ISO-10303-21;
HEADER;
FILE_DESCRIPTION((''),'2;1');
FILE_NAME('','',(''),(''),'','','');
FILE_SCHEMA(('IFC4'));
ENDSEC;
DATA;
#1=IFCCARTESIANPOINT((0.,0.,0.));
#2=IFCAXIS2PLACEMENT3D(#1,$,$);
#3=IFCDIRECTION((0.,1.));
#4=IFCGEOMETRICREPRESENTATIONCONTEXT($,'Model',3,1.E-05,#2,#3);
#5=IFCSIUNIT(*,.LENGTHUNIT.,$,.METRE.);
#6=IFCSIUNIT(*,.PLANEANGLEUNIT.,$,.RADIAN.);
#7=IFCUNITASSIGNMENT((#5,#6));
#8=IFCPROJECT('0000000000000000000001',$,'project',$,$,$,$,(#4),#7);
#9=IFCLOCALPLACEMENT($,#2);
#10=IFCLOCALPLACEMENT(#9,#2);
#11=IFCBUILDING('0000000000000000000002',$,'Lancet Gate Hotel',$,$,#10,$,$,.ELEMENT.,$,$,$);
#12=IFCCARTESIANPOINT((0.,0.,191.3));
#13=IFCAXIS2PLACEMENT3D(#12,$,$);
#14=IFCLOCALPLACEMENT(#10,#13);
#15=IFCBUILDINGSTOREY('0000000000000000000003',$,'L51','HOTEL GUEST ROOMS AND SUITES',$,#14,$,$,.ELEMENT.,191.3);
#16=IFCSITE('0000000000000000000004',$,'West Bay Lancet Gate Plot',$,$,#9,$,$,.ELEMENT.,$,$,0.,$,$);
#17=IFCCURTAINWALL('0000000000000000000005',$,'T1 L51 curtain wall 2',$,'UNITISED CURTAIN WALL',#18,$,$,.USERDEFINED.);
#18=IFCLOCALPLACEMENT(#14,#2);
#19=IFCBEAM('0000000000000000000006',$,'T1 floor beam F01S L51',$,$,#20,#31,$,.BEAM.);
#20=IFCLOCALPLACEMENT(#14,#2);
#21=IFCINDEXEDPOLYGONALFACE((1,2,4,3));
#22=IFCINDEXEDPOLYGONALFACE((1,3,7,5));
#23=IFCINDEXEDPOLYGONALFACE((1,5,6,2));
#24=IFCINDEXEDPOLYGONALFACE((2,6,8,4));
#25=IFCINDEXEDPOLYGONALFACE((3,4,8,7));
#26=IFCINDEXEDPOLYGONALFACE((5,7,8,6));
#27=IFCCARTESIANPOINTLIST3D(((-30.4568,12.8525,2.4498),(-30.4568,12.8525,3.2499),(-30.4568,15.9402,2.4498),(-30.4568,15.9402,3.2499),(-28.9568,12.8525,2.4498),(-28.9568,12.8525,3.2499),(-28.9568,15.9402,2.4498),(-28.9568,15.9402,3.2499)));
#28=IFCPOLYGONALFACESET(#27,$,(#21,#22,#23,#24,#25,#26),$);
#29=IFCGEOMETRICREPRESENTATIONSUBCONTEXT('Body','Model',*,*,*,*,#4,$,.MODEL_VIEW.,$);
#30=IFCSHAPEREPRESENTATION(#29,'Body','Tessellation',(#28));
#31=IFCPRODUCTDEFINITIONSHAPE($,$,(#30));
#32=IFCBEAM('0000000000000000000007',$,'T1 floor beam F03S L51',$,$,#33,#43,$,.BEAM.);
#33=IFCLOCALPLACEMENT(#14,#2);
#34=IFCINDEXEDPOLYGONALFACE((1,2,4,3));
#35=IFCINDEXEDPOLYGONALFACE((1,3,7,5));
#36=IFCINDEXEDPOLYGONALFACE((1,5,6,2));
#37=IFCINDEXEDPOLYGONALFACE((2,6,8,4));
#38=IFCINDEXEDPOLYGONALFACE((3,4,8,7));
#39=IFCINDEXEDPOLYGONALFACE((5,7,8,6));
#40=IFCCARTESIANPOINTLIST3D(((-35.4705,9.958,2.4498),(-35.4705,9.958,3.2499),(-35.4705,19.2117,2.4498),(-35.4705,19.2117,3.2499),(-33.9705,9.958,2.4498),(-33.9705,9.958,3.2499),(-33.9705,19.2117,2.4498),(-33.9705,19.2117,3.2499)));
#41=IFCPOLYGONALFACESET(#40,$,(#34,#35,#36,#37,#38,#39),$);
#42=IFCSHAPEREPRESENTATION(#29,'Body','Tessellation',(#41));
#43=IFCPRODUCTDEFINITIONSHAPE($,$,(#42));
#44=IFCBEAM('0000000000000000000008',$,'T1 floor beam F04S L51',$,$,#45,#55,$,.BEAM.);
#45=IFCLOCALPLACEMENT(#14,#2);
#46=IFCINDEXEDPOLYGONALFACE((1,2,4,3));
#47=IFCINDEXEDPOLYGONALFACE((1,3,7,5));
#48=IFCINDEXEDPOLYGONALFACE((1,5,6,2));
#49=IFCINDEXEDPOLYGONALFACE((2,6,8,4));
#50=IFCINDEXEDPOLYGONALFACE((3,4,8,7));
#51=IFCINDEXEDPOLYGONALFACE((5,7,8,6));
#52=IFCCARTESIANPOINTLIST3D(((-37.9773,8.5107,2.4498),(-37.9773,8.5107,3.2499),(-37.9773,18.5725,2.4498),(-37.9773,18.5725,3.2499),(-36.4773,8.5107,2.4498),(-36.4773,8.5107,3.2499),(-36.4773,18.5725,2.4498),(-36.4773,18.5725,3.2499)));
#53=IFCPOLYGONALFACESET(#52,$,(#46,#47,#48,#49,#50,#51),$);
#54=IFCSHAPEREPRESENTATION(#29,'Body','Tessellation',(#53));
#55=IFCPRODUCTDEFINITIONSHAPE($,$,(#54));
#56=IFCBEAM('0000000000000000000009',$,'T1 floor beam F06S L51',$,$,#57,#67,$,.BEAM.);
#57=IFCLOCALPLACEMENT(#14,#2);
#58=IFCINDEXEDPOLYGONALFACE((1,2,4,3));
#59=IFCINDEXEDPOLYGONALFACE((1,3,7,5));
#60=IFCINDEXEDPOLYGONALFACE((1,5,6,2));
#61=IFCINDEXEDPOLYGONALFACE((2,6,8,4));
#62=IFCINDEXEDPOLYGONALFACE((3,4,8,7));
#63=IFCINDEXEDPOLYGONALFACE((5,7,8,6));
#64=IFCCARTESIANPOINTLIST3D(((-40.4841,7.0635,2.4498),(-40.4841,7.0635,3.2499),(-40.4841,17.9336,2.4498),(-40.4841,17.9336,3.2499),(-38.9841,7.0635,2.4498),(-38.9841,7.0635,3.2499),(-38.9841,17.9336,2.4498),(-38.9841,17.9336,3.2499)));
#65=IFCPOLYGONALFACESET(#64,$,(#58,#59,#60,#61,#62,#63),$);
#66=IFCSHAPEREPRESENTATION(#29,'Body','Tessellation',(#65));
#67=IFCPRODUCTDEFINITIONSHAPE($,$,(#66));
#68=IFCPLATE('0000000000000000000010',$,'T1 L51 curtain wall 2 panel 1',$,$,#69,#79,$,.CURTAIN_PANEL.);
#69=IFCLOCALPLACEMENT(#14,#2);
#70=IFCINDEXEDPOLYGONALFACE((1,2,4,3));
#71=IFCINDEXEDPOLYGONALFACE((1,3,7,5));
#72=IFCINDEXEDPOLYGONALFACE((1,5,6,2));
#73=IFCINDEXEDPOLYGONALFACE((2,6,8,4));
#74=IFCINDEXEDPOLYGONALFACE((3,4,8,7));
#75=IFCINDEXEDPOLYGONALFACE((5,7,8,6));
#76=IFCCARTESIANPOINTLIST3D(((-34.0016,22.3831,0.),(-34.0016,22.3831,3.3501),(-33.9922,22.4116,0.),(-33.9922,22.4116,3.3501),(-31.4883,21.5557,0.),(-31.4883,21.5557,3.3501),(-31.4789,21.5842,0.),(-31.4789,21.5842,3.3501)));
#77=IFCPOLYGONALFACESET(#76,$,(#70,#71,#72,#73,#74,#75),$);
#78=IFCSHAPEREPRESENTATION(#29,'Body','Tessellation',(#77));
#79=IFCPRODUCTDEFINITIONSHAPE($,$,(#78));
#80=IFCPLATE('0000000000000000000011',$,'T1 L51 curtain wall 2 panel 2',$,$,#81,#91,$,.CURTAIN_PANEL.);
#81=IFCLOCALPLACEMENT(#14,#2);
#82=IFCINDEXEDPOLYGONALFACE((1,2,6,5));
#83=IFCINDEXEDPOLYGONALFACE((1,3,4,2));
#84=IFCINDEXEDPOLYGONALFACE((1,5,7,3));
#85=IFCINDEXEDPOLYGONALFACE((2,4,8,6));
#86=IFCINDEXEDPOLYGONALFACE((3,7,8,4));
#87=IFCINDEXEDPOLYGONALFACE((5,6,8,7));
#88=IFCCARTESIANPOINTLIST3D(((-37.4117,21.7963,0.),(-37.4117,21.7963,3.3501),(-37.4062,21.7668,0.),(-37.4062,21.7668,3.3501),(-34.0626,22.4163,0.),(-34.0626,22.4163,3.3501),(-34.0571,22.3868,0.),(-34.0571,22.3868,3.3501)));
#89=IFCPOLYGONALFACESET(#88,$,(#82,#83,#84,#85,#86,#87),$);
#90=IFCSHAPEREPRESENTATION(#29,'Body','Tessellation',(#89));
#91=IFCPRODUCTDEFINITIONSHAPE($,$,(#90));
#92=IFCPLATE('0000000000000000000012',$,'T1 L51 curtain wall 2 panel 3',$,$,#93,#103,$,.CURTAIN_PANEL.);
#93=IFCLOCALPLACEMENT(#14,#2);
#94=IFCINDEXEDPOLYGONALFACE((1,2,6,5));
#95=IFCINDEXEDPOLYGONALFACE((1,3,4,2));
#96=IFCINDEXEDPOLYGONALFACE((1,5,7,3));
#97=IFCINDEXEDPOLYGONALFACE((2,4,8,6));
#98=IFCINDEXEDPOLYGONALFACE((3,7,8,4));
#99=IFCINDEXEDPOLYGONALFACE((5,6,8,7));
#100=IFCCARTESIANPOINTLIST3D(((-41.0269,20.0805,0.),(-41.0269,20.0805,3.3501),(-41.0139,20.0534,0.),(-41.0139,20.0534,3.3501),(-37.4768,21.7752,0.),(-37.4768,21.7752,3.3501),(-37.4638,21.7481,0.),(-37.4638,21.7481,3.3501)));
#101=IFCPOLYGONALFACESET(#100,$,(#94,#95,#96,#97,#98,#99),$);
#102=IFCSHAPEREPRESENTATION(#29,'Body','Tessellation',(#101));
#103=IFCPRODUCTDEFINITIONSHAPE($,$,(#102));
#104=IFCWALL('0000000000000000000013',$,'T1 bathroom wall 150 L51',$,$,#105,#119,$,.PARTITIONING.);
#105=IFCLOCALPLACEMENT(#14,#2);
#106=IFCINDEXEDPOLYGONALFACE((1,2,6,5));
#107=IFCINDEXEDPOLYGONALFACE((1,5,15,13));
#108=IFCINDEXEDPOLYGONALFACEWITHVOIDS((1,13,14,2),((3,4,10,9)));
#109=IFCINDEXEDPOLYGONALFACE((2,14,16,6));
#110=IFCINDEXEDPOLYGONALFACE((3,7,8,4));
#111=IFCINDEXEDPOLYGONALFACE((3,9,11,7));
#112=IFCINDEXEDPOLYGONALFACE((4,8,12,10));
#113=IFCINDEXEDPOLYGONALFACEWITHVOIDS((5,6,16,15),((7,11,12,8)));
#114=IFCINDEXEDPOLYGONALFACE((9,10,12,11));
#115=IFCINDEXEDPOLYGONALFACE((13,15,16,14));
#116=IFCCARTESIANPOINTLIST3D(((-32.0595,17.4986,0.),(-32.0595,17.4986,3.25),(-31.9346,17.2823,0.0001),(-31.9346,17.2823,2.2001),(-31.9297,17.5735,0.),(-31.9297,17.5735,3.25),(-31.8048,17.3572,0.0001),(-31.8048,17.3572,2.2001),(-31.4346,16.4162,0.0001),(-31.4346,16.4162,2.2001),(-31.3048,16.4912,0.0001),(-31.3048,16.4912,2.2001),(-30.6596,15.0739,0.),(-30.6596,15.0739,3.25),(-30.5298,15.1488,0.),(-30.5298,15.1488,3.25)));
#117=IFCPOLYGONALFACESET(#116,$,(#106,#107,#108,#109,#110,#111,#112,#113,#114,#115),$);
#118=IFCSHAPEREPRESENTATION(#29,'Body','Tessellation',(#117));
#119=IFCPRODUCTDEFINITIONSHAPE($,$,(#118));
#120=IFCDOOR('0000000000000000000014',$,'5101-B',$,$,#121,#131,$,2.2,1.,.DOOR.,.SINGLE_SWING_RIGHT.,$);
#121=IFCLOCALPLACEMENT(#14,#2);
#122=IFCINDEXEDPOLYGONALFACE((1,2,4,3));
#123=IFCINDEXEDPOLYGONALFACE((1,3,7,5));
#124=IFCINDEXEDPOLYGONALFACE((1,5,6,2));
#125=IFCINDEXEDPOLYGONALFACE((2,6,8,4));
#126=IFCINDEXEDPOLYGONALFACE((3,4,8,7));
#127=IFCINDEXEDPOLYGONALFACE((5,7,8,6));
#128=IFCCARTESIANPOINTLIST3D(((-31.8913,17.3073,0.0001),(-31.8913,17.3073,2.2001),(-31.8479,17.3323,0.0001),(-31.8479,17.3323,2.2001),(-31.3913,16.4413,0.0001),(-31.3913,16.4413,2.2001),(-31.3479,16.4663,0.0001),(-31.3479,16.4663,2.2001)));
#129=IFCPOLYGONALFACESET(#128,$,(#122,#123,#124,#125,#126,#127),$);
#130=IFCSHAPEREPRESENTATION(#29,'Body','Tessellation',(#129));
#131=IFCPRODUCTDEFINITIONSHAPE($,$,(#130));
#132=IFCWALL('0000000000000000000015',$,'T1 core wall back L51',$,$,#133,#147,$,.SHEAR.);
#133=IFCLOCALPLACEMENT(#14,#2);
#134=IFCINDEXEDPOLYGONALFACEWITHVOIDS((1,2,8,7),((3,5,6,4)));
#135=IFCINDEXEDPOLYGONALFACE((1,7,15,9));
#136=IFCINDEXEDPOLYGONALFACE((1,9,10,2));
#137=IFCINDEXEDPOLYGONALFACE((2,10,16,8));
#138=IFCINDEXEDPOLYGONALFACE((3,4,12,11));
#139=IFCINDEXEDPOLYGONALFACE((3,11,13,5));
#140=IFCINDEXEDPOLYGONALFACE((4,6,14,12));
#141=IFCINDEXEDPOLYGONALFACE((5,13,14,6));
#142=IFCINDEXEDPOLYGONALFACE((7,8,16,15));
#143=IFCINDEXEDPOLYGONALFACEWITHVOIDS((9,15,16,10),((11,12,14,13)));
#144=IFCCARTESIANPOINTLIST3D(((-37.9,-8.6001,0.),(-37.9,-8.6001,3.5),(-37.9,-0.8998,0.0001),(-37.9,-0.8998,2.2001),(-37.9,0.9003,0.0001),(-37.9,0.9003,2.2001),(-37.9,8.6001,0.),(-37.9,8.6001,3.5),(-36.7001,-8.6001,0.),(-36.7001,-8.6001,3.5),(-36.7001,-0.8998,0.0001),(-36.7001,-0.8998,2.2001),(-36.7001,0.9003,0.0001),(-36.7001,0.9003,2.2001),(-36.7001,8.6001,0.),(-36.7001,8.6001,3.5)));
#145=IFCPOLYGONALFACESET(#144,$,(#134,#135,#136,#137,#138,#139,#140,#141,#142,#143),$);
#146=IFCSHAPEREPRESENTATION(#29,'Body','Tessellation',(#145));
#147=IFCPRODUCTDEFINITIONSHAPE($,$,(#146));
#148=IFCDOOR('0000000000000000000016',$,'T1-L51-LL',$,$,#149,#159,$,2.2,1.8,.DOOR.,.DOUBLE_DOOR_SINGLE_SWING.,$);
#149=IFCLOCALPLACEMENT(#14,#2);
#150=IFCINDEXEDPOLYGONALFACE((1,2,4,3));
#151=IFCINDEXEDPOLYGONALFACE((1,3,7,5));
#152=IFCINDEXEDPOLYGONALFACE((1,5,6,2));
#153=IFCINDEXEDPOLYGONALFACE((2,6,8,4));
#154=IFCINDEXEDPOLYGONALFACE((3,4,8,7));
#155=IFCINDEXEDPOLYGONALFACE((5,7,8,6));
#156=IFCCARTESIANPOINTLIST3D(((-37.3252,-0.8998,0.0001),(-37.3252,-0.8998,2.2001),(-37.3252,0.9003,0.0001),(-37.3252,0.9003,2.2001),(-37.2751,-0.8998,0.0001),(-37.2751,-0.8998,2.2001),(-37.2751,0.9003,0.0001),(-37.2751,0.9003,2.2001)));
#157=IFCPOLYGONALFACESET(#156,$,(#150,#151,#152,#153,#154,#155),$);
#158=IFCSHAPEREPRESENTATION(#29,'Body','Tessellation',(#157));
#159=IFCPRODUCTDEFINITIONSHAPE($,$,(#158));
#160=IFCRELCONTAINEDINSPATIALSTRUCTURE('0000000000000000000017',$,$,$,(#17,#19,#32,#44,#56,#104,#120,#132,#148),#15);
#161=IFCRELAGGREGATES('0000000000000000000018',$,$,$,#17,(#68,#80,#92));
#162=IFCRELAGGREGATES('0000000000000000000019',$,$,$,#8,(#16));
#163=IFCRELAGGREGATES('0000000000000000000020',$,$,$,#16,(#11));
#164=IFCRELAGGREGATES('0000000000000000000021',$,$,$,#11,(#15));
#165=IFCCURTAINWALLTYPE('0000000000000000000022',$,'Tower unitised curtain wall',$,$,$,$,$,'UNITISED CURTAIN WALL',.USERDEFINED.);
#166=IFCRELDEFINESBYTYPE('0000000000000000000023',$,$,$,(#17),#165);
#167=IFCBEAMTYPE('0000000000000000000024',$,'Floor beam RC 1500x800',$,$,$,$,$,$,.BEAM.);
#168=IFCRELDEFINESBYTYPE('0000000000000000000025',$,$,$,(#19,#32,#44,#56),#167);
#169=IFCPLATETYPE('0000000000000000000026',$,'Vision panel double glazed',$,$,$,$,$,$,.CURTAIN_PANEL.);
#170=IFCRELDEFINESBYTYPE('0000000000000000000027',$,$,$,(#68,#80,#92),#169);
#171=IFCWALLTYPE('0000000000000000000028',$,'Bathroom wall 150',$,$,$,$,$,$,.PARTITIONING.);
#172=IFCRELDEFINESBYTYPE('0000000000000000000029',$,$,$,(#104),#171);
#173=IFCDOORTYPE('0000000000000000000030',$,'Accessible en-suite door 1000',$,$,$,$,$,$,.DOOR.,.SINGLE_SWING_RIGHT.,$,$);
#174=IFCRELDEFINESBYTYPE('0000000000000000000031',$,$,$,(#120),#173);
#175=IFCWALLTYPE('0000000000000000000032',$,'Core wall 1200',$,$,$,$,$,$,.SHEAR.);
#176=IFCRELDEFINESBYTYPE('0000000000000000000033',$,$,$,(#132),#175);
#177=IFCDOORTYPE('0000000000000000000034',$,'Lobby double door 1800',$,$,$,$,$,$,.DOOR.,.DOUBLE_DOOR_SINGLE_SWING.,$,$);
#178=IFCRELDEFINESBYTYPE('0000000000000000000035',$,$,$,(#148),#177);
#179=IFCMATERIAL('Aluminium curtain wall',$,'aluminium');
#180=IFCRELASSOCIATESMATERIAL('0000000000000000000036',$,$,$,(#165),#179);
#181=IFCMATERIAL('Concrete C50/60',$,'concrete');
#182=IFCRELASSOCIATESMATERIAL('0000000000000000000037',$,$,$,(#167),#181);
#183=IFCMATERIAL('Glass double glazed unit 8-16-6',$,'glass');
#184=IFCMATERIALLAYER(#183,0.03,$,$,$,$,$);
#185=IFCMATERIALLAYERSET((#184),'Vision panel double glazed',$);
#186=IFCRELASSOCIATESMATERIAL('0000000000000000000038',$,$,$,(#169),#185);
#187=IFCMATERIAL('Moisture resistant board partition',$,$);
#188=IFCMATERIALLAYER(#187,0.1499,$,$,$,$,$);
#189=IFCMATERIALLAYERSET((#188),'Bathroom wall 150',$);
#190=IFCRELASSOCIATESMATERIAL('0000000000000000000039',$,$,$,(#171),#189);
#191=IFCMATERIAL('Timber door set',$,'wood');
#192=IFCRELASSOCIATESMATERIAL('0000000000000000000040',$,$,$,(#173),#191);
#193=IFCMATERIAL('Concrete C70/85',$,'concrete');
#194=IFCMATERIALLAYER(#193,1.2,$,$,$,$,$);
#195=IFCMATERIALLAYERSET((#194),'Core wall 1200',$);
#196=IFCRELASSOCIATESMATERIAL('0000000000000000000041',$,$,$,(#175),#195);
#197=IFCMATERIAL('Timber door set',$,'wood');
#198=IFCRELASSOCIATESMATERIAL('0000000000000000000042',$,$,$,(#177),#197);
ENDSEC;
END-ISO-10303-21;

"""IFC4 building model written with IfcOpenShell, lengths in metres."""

from ifc_helpers import new_model, si_unit, direction, frame, frame_2d, origin, origin_2d, place, context, subcontext, project, spatial, rectangle, extrude, material, layer, layer_set, material_profile, profile_set, type_object, element, fill, aggregate, save


model = new_model("IFC4")

# Units and contexts
model_context = context("Model", 3, precision=1e-05, world=origin(), true_north=direction((0.0, 1.0)))
body_context = subcontext(model_context, "Body", "Model", "MODEL_VIEW")
ifc_project = project(units=[si_unit("LENGTHUNIT", "METRE"), si_unit("PLANEANGLEUNIT", "RADIAN")], contexts=[model_context])

# Site, building, storey
site_placement = place(None, origin())
site = spatial("IfcSite", under=ifc_project, at=site_placement, Name="West Bay Lancet Gate Plot", CompositionType="ELEMENT", RefElevation=0.0)
building_placement = place(site_placement, origin())
building = spatial("IfcBuilding", under=site, at=building_placement, Name="Lancet Gate Hotel", CompositionType="ELEMENT")
storey_placement = place(building_placement, frame((0.0, 0.0, 191.3)))
storey = spatial("IfcBuildingStorey", under=building, at=storey_placement, Name="L51", Description="HOTEL GUEST ROOMS AND SUITES", CompositionType="ELEMENT", Elevation=191.3)

# Shared definitions
ifc_material_1 = material(Name="Aluminium curtain wall", Category="aluminium")
curtain_wall_type = type_object("IfcCurtainWallType", Name="Tower unitised curtain wall", ElementType="UNITISED CURTAIN WALL", PredefinedType="USERDEFINED", material=ifc_material_1)

# Curtain wall
curtain_wall_1_placement = place(storey_placement, origin())
curtain_wall_1 = element("IfcCurtainWall", 1, at=curtain_wall_1_placement, inside=storey, type_object=curtain_wall_type, Name="T1 L51 curtain wall 2", ObjectType="UNITISED CURTAIN WALL", PredefinedType="USERDEFINED")

# Beams
ifc_material_2 = material(Name="Concrete C50/60", Category="concrete")
ifc_material_profile_1 = material_profile(ifc_material_2, rectangle(XDim=1.5, YDim=0.8, at=origin_2d()), Name="RC 1500x800")
ifc_profile_set_1 = profile_set([ifc_material_profile_1], Name="Concrete C50/60")
beam_type_1 = type_object("IfcBeamType", Name="Floor beam RC 1500x800", PredefinedType="BEAM", material=ifc_profile_set_1)
beam_1_placement = place(storey_placement, frame((-29.7068, 15.9402, 2.8499), z_axis=(0.0, -1.0, 0.0), x_axis=(1.0, 0.0, 0.0)))
element("IfcBeam", 2, at=beam_1_placement, inside=storey, type_object=beam_type_1, Name="T1 floor beam F01S L51", PredefinedType="BEAM", context=body_context, shape_type="SweptSolid", body=[
    extrude(rectangle(XDim=1.5, YDim=0.8, at=origin_2d()), origin(), (0.0, 0.0, 1.0), 3.0876),
])
beam_2_placement = place(storey_placement, frame((-34.7205, 19.2117, 2.8499), z_axis=(0.0, -1.0, 0.0), x_axis=(1.0, 0.0, 0.0)))
element("IfcBeam", 3, at=beam_2_placement, inside=storey, type_object=beam_type_1, Name="T1 floor beam F03S L51", PredefinedType="BEAM", context=body_context, shape_type="SweptSolid", body=[
    extrude(rectangle(XDim=1.5, YDim=0.8, at=origin_2d()), origin(), (0.0, 0.0, 1.0), 9.2537),
])
beam_3_placement = place(storey_placement, frame((-37.2273, 18.5725, 2.8499), z_axis=(0.0, -1.0, 0.0), x_axis=(1.0, 0.0, 0.0)))
element("IfcBeam", 4, at=beam_3_placement, inside=storey, type_object=beam_type_1, Name="T1 floor beam F04S L51", PredefinedType="BEAM", context=body_context, shape_type="SweptSolid", body=[
    extrude(rectangle(XDim=1.5, YDim=0.8, at=origin_2d()), origin(), (0.0, 0.0, 1.0), 10.0618),
])
beam_4_placement = place(storey_placement, frame((-39.7341, 17.9336, 2.8499), z_axis=(0.0, -1.0, 0.0), x_axis=(1.0, 0.0, 0.0)))
element("IfcBeam", 5, at=beam_4_placement, inside=storey, type_object=beam_type_1, Name="T1 floor beam F06S L51", PredefinedType="BEAM", context=body_context, shape_type="SweptSolid", body=[
    extrude(rectangle(XDim=1.5, YDim=0.8, at=origin_2d()), origin(), (0.0, 0.0, 1.0), 10.8701),
])

# Plates
ifc_material_3 = material(Name="Glass double glazed unit 8-16-6", Category="glass")
ifc_layer_1 = layer(ifc_material_3, 0.03)
ifc_layer_set_1 = layer_set([ifc_layer_1], Name="Vision panel double glazed")
plate_type = type_object("IfcPlateType", Name="Vision panel double glazed", PredefinedType="CURTAIN_PANEL", material=ifc_layer_set_1)
plate_1_placement = place(storey_placement, frame((-32.7402, 21.9836, 0.0), z_axis=(0.0, 0.0, 1.0), x_axis=(-0.949848, 0.312712, 0.0)))
plate_1 = element("IfcPlate", 6, at=plate_1_placement, type_object=plate_type, Name="T1 L51 curtain wall 2 panel 1", PredefinedType="CURTAIN_PANEL", context=body_context, shape_type="SweptSolid", body=[
    extrude(rectangle(XDim=2.646, YDim=0.03, at=origin_2d()), origin(), (0.0, 0.0, 1.0), 3.3501),
])
plate_2_placement = place(storey_placement, frame((-35.7344, 22.0916, 0.0), z_axis=(0.0, 0.0, 1.0), x_axis=(-0.983292, -0.182033, 0.0)))
plate_2 = element("IfcPlate", 7, at=plate_2_placement, type_object=plate_type, Name="T1 L51 curtain wall 2 panel 2", PredefinedType="CURTAIN_PANEL", context=body_context, shape_type="SweptSolid", body=[
    extrude(rectangle(XDim=3.406, YDim=0.03, at=origin_2d()), origin(), (0.0, 0.0, 1.0), 3.3501),
])
plate_3_placement = place(storey_placement, frame((-39.2454, 20.9143, 0.0), z_axis=(0.0, 0.0, 1.0), x_axis=(-0.902454, -0.430787, 0.0)))
plate_3 = element("IfcPlate", 8, at=plate_3_placement, type_object=plate_type, Name="T1 L51 curtain wall 2 panel 3", PredefinedType="CURTAIN_PANEL", context=body_context, shape_type="SweptSolid", body=[
    extrude(rectangle(XDim=3.9338, YDim=0.03, at=origin_2d()), origin(), (0.0, 0.0, 1.0), 3.3501),
])
aggregate(curtain_wall_1, [plate_1, plate_2, plate_3])

# Walls, openings, doors
ifc_material_4 = material(Name="Moisture resistant board partition")
ifc_layer_2 = layer(ifc_material_4, 0.1499)
ifc_layer_set_2 = layer_set([ifc_layer_2], Name="Bathroom wall 150")
wall_type_1 = type_object("IfcWallType", Name="Bathroom wall 150", PredefinedType="PARTITIONING", material=ifc_layer_set_2)
wall_1_placement = place(storey_placement, frame((-30.5947, 15.1113, 0.0), z_axis=(0.0, 0.0, 1.0), x_axis=(-0.499984, 0.866035, 0.0)))
wall_1 = element("IfcWall", 9, at=wall_1_placement, inside=storey, type_object=wall_type_1, Name="T1 bathroom wall 150 L51", PredefinedType="PARTITIONING", context=body_context, shape_type="SweptSolid", body=[
    extrude(rectangle(XDim=2.7998, YDim=0.1499, at=frame_2d((1.3999, 0.0))), origin(), (0.0, 0.0, 1.0), 3.25),
])
opening_1_placement = place(wall_1_placement, frame((1.55, 0.0, 0.0)))
opening_1 = element("IfcOpeningElement", 10, at=opening_1_placement, cuts=wall_1, PredefinedType="OPENING", context=body_context, shape_type="SweptSolid", body=[
    extrude(rectangle(XDim=1.0, YDim=2.2, at=frame_2d((0.5, 1.1001))), frame((0.0, 0.085, 0.0), z_axis=(0.0, -1.0, 0.0), x_axis=(1.0, 0.0, 0.0)), (0.0, 0.0, 1.0), 0.1699),
])
ifc_material_5 = material(Name="Timber door set", Category="wood")
door_type_1 = type_object("IfcDoorType", Name="Accessible en-suite door 1000", OperationType="SINGLE_SWING_RIGHT", PredefinedType="DOOR", material=ifc_material_5)
door_1_placement = place(opening_1_placement, origin())
door_1 = element("IfcDoor", 11, at=door_1_placement, inside=storey, type_object=door_type_1, Name="5101-B", OperationType="SINGLE_SWING_RIGHT", OverallHeight=2.2, OverallWidth=1.0, PredefinedType="DOOR", context=body_context, shape_type="SweptSolid", body=[
    extrude(rectangle(XDim=1.0, YDim=2.2, at=frame_2d((0.5, 1.1001))), frame((0.0, 0.0249, 0.0), z_axis=(0.0, -1.0, 0.0), x_axis=(1.0, 0.0, 0.0)), (0.0, 0.0, 1.0), 0.05),
])
fill(opening_1, door_1)
ifc_material_6 = material(Name="Concrete C70/85", Category="concrete")
ifc_layer_3 = layer(ifc_material_6, 1.2)
ifc_layer_set_3 = layer_set([ifc_layer_3], Name="Core wall 1200")
wall_type_2 = type_object("IfcWallType", Name="Core wall 1200", PredefinedType="SHEAR", material=ifc_layer_set_3)
wall_2_placement = place(storey_placement, frame((-37.3, 8.6001, 0.0), z_axis=(0.0, 0.0, 1.0), x_axis=(0.0, -1.0, 0.0)))
wall_2 = element("IfcWall", 12, at=wall_2_placement, inside=storey, type_object=wall_type_2, Name="T1 core wall back L51", PredefinedType="SHEAR", context=body_context, shape_type="SweptSolid", body=[
    extrude(rectangle(XDim=17.2002, YDim=1.2, at=frame_2d((8.6001, 0.0))), origin(), (0.0, 0.0, 1.0), 3.5),
])
opening_2_placement = place(wall_2_placement, frame((7.7, 0.0, 0.0)))
opening_2 = element("IfcOpeningElement", 13, at=opening_2_placement, cuts=wall_2, PredefinedType="OPENING", context=body_context, shape_type="SweptSolid", body=[
    extrude(rectangle(XDim=1.8, YDim=2.2, at=frame_2d((0.8999, 1.1001))), frame((0.0, 0.6099, 0.0), z_axis=(0.0, -1.0, 0.0), x_axis=(1.0, 0.0, 0.0)), (0.0, 0.0, 1.0), 1.22),
])
ifc_material_7 = material(Name="Timber door set", Category="wood")
door_type_2 = type_object("IfcDoorType", Name="Lobby double door 1800", OperationType="DOUBLE_DOOR_SINGLE_SWING", PredefinedType="DOOR", material=ifc_material_7)
door_2_placement = place(opening_2_placement, origin())
door_2 = element("IfcDoor", 14, at=door_2_placement, inside=storey, type_object=door_type_2, Name="T1-L51-LL", OperationType="DOUBLE_DOOR_SINGLE_SWING", OverallHeight=2.2, OverallWidth=1.8, PredefinedType="DOOR", context=body_context, shape_type="SweptSolid", body=[
    extrude(rectangle(XDim=1.8, YDim=2.2, at=frame_2d((0.8999, 1.1001))), frame((0.0, 0.0249, 0.0), z_axis=(0.0, -1.0, 0.0), x_axis=(1.0, 0.0, 0.0)), (0.0, 0.0, 1.0), 0.05),
])
fill(opening_2, door_2)

save(model, "model.ifc")
